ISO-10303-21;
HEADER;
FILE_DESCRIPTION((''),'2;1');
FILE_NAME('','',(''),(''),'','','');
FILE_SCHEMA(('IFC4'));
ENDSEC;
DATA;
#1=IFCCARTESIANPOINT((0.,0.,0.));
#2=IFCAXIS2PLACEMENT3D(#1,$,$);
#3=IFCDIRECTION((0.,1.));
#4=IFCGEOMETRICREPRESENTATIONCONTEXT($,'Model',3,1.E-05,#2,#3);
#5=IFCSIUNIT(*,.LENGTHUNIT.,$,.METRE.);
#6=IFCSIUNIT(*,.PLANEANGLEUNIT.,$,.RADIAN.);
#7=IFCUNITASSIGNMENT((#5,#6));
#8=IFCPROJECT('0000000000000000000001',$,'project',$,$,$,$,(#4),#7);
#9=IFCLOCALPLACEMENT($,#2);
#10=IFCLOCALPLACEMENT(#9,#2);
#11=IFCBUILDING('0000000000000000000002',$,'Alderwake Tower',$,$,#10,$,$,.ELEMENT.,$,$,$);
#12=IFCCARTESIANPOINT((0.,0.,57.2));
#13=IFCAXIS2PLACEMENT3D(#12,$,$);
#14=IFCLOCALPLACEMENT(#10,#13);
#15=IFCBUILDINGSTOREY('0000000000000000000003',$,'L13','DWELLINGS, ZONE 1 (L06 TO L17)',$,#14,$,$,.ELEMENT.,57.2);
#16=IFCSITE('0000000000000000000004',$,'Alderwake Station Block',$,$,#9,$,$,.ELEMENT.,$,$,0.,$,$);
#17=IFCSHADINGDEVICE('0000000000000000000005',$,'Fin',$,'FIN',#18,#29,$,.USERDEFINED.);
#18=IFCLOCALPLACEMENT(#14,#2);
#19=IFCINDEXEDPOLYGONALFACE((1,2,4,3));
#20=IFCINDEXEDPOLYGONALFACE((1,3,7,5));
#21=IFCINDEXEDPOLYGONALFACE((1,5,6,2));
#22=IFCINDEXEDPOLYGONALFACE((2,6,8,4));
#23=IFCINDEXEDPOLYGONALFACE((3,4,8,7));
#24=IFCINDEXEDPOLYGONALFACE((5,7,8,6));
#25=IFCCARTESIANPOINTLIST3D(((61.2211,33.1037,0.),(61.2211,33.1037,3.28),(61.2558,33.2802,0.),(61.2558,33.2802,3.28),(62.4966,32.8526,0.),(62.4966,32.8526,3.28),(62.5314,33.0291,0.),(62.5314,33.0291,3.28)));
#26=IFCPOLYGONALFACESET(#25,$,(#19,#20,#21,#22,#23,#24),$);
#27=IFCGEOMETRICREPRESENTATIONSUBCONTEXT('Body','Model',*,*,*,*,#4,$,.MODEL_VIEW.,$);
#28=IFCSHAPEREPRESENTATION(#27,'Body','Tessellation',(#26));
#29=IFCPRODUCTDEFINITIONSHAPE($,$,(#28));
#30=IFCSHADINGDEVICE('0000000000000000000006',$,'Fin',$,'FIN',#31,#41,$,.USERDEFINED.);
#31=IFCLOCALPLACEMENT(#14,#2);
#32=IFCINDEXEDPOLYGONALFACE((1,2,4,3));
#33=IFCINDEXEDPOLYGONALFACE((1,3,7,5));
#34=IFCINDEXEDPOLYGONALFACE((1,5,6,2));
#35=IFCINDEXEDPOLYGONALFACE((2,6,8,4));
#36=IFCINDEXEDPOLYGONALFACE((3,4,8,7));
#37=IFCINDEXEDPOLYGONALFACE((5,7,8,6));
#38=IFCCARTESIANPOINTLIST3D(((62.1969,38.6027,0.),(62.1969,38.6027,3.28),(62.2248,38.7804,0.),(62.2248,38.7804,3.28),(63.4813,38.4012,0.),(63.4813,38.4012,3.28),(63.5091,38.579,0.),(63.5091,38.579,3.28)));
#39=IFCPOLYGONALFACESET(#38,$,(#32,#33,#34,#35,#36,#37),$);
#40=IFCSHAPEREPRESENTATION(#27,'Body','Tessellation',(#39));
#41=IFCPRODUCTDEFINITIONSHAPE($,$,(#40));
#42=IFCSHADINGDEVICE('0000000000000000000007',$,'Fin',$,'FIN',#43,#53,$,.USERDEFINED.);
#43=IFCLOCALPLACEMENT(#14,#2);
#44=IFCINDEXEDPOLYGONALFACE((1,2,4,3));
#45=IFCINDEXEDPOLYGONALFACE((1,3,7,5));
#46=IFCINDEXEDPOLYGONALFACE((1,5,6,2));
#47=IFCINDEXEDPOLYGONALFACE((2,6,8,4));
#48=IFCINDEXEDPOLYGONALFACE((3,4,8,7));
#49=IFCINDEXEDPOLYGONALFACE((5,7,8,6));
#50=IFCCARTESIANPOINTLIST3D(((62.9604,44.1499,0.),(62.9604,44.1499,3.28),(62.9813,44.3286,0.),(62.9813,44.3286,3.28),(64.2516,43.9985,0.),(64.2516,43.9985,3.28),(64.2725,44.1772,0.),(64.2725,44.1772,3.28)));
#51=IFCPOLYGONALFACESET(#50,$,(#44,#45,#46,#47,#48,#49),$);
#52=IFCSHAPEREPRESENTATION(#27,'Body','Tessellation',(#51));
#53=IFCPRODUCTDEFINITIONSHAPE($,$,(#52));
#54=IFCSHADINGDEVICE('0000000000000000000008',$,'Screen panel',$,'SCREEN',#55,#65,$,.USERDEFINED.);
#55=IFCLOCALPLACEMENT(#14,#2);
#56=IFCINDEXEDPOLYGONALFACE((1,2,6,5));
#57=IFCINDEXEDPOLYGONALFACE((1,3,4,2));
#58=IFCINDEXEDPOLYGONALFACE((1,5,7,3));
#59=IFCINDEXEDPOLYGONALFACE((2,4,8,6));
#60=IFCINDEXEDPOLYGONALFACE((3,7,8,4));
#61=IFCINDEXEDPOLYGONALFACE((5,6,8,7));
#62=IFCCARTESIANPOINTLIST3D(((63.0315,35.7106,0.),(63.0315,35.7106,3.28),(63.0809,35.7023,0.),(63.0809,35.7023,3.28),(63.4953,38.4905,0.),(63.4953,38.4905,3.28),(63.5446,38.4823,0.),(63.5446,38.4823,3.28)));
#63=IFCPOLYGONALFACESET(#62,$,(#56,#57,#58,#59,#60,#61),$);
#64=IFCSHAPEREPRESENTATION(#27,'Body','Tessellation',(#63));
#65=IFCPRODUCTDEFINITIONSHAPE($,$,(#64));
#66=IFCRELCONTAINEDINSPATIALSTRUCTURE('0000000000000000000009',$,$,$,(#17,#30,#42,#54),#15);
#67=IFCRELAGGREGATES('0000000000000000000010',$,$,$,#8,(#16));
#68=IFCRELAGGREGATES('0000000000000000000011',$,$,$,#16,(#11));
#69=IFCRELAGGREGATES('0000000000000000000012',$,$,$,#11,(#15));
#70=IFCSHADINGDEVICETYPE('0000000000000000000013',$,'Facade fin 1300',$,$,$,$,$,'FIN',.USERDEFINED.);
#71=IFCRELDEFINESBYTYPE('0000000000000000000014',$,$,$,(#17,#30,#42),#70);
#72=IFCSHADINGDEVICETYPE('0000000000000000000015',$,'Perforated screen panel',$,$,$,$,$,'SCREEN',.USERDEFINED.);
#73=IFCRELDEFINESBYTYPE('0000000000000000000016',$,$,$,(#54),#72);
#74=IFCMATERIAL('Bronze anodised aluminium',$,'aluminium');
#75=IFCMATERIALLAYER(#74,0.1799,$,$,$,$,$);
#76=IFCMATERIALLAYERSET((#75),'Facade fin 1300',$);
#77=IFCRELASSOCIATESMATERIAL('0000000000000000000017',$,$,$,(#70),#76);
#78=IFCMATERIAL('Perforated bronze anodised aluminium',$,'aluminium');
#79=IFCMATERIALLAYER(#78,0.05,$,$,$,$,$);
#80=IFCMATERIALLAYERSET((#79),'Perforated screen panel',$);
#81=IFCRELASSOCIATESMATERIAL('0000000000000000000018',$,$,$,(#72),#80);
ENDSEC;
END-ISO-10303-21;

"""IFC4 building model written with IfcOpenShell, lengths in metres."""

from ifc_helpers import new_model, si_unit, direction, frame, origin, origin_2d, place, context, subcontext, project, spatial, rectangle, extrude, material, layer, layer_set, type_object, element, save


model = new_model("IFC4")

# Units and contexts
model_context = context("Model", 3, precision=1e-05, world=origin(), true_north=direction((0.0, 1.0)))
body_context = subcontext(model_context, "Body", "Model", "MODEL_VIEW")
ifc_project = project(units=[si_unit("LENGTHUNIT", "METRE"), si_unit("PLANEANGLEUNIT", "RADIAN")], contexts=[model_context])

# Site, building, storey
site_placement = place(None, origin())
site = spatial("IfcSite", under=ifc_project, at=site_placement, Name="Alderwake Station Block", CompositionType="ELEMENT", RefElevation=0.0)
building_placement = place(site_placement, origin())
building = spatial("IfcBuilding", under=site, at=building_placement, Name="Alderwake Tower", CompositionType="ELEMENT")
storey_placement = place(building_placement, frame((0.0, 0.0, 57.2)))
storey = spatial("IfcBuildingStorey", under=building, at=storey_placement, Name="L13", Description="DWELLINGS, ZONE 1 (L06 TO L17)", CompositionType="ELEMENT", Elevation=57.2)

# Shading devices
ifc_material_1 = material(Name="Bronze anodised aluminium", Category="aluminium")
ifc_layer_1 = layer(ifc_material_1, 0.1799)
ifc_layer_set_1 = layer_set([ifc_layer_1], Name="Facade fin 1300")
shading_device_type_1 = type_object("IfcShadingDeviceType", Name="Facade fin 1300", ElementType="FIN", PredefinedType="USERDEFINED", material=ifc_layer_set_1)
for number, where, z_axis, x_axis, name in (
    (1, (61.8762, 33.0664, 0.0), (0.0, 0.0, 1.0), (0.981164, -0.193178, 0.0), "Fin"),
    (2, (62.853, 38.5908, 0.0), (0.0, 0.0, 1.0), (0.987919, -0.154972, 0.0), "Fin"),
    (3, (63.6165, 44.1636, 0.0), (0.0, 0.0, 1.0), (0.993198, -0.116435, 0.0), "Fin"),
):
    element("IfcShadingDevice", number, at=place(storey_placement, frame(where, z_axis=z_axis, x_axis=x_axis)), inside=storey, type_object=shading_device_type_1, Name=name, ObjectType="FIN", PredefinedType="USERDEFINED", context=body_context, shape_type="SweptSolid", body=[
        extrude(rectangle(XDim=1.3, YDim=0.1799, at=origin_2d()), origin(), (0.0, 0.0, 1.0), 3.28),
    ])
ifc_material_2 = material(Name="Perforated bronze anodised aluminium", Category="aluminium")
ifc_layer_2 = layer(ifc_material_2, 0.05)
ifc_layer_set_2 = layer_set([ifc_layer_2], Name="Perforated screen panel")
shading_device_type_2 = type_object("IfcShadingDeviceType", Name="Perforated screen panel", ElementType="SCREEN", PredefinedType="USERDEFINED", material=ifc_layer_set_2)
shading_device_placement = place(storey_placement, frame((63.2881, 37.0964, 0.0), z_axis=(0.0, 0.0, 1.0), x_axis=(0.986369, -0.164548, 0.0)))
element("IfcShadingDevice", 4, at=shading_device_placement, inside=storey, type_object=shading_device_type_2, Name="Screen panel", ObjectType="SCREEN", PredefinedType="USERDEFINED", context=body_context, shape_type="SweptSolid", body=[
    extrude(rectangle(XDim=0.05, YDim=2.8184, at=origin_2d()), origin(), (0.0, 0.0, 1.0), 3.28),
])

save(model, "model.ifc")
